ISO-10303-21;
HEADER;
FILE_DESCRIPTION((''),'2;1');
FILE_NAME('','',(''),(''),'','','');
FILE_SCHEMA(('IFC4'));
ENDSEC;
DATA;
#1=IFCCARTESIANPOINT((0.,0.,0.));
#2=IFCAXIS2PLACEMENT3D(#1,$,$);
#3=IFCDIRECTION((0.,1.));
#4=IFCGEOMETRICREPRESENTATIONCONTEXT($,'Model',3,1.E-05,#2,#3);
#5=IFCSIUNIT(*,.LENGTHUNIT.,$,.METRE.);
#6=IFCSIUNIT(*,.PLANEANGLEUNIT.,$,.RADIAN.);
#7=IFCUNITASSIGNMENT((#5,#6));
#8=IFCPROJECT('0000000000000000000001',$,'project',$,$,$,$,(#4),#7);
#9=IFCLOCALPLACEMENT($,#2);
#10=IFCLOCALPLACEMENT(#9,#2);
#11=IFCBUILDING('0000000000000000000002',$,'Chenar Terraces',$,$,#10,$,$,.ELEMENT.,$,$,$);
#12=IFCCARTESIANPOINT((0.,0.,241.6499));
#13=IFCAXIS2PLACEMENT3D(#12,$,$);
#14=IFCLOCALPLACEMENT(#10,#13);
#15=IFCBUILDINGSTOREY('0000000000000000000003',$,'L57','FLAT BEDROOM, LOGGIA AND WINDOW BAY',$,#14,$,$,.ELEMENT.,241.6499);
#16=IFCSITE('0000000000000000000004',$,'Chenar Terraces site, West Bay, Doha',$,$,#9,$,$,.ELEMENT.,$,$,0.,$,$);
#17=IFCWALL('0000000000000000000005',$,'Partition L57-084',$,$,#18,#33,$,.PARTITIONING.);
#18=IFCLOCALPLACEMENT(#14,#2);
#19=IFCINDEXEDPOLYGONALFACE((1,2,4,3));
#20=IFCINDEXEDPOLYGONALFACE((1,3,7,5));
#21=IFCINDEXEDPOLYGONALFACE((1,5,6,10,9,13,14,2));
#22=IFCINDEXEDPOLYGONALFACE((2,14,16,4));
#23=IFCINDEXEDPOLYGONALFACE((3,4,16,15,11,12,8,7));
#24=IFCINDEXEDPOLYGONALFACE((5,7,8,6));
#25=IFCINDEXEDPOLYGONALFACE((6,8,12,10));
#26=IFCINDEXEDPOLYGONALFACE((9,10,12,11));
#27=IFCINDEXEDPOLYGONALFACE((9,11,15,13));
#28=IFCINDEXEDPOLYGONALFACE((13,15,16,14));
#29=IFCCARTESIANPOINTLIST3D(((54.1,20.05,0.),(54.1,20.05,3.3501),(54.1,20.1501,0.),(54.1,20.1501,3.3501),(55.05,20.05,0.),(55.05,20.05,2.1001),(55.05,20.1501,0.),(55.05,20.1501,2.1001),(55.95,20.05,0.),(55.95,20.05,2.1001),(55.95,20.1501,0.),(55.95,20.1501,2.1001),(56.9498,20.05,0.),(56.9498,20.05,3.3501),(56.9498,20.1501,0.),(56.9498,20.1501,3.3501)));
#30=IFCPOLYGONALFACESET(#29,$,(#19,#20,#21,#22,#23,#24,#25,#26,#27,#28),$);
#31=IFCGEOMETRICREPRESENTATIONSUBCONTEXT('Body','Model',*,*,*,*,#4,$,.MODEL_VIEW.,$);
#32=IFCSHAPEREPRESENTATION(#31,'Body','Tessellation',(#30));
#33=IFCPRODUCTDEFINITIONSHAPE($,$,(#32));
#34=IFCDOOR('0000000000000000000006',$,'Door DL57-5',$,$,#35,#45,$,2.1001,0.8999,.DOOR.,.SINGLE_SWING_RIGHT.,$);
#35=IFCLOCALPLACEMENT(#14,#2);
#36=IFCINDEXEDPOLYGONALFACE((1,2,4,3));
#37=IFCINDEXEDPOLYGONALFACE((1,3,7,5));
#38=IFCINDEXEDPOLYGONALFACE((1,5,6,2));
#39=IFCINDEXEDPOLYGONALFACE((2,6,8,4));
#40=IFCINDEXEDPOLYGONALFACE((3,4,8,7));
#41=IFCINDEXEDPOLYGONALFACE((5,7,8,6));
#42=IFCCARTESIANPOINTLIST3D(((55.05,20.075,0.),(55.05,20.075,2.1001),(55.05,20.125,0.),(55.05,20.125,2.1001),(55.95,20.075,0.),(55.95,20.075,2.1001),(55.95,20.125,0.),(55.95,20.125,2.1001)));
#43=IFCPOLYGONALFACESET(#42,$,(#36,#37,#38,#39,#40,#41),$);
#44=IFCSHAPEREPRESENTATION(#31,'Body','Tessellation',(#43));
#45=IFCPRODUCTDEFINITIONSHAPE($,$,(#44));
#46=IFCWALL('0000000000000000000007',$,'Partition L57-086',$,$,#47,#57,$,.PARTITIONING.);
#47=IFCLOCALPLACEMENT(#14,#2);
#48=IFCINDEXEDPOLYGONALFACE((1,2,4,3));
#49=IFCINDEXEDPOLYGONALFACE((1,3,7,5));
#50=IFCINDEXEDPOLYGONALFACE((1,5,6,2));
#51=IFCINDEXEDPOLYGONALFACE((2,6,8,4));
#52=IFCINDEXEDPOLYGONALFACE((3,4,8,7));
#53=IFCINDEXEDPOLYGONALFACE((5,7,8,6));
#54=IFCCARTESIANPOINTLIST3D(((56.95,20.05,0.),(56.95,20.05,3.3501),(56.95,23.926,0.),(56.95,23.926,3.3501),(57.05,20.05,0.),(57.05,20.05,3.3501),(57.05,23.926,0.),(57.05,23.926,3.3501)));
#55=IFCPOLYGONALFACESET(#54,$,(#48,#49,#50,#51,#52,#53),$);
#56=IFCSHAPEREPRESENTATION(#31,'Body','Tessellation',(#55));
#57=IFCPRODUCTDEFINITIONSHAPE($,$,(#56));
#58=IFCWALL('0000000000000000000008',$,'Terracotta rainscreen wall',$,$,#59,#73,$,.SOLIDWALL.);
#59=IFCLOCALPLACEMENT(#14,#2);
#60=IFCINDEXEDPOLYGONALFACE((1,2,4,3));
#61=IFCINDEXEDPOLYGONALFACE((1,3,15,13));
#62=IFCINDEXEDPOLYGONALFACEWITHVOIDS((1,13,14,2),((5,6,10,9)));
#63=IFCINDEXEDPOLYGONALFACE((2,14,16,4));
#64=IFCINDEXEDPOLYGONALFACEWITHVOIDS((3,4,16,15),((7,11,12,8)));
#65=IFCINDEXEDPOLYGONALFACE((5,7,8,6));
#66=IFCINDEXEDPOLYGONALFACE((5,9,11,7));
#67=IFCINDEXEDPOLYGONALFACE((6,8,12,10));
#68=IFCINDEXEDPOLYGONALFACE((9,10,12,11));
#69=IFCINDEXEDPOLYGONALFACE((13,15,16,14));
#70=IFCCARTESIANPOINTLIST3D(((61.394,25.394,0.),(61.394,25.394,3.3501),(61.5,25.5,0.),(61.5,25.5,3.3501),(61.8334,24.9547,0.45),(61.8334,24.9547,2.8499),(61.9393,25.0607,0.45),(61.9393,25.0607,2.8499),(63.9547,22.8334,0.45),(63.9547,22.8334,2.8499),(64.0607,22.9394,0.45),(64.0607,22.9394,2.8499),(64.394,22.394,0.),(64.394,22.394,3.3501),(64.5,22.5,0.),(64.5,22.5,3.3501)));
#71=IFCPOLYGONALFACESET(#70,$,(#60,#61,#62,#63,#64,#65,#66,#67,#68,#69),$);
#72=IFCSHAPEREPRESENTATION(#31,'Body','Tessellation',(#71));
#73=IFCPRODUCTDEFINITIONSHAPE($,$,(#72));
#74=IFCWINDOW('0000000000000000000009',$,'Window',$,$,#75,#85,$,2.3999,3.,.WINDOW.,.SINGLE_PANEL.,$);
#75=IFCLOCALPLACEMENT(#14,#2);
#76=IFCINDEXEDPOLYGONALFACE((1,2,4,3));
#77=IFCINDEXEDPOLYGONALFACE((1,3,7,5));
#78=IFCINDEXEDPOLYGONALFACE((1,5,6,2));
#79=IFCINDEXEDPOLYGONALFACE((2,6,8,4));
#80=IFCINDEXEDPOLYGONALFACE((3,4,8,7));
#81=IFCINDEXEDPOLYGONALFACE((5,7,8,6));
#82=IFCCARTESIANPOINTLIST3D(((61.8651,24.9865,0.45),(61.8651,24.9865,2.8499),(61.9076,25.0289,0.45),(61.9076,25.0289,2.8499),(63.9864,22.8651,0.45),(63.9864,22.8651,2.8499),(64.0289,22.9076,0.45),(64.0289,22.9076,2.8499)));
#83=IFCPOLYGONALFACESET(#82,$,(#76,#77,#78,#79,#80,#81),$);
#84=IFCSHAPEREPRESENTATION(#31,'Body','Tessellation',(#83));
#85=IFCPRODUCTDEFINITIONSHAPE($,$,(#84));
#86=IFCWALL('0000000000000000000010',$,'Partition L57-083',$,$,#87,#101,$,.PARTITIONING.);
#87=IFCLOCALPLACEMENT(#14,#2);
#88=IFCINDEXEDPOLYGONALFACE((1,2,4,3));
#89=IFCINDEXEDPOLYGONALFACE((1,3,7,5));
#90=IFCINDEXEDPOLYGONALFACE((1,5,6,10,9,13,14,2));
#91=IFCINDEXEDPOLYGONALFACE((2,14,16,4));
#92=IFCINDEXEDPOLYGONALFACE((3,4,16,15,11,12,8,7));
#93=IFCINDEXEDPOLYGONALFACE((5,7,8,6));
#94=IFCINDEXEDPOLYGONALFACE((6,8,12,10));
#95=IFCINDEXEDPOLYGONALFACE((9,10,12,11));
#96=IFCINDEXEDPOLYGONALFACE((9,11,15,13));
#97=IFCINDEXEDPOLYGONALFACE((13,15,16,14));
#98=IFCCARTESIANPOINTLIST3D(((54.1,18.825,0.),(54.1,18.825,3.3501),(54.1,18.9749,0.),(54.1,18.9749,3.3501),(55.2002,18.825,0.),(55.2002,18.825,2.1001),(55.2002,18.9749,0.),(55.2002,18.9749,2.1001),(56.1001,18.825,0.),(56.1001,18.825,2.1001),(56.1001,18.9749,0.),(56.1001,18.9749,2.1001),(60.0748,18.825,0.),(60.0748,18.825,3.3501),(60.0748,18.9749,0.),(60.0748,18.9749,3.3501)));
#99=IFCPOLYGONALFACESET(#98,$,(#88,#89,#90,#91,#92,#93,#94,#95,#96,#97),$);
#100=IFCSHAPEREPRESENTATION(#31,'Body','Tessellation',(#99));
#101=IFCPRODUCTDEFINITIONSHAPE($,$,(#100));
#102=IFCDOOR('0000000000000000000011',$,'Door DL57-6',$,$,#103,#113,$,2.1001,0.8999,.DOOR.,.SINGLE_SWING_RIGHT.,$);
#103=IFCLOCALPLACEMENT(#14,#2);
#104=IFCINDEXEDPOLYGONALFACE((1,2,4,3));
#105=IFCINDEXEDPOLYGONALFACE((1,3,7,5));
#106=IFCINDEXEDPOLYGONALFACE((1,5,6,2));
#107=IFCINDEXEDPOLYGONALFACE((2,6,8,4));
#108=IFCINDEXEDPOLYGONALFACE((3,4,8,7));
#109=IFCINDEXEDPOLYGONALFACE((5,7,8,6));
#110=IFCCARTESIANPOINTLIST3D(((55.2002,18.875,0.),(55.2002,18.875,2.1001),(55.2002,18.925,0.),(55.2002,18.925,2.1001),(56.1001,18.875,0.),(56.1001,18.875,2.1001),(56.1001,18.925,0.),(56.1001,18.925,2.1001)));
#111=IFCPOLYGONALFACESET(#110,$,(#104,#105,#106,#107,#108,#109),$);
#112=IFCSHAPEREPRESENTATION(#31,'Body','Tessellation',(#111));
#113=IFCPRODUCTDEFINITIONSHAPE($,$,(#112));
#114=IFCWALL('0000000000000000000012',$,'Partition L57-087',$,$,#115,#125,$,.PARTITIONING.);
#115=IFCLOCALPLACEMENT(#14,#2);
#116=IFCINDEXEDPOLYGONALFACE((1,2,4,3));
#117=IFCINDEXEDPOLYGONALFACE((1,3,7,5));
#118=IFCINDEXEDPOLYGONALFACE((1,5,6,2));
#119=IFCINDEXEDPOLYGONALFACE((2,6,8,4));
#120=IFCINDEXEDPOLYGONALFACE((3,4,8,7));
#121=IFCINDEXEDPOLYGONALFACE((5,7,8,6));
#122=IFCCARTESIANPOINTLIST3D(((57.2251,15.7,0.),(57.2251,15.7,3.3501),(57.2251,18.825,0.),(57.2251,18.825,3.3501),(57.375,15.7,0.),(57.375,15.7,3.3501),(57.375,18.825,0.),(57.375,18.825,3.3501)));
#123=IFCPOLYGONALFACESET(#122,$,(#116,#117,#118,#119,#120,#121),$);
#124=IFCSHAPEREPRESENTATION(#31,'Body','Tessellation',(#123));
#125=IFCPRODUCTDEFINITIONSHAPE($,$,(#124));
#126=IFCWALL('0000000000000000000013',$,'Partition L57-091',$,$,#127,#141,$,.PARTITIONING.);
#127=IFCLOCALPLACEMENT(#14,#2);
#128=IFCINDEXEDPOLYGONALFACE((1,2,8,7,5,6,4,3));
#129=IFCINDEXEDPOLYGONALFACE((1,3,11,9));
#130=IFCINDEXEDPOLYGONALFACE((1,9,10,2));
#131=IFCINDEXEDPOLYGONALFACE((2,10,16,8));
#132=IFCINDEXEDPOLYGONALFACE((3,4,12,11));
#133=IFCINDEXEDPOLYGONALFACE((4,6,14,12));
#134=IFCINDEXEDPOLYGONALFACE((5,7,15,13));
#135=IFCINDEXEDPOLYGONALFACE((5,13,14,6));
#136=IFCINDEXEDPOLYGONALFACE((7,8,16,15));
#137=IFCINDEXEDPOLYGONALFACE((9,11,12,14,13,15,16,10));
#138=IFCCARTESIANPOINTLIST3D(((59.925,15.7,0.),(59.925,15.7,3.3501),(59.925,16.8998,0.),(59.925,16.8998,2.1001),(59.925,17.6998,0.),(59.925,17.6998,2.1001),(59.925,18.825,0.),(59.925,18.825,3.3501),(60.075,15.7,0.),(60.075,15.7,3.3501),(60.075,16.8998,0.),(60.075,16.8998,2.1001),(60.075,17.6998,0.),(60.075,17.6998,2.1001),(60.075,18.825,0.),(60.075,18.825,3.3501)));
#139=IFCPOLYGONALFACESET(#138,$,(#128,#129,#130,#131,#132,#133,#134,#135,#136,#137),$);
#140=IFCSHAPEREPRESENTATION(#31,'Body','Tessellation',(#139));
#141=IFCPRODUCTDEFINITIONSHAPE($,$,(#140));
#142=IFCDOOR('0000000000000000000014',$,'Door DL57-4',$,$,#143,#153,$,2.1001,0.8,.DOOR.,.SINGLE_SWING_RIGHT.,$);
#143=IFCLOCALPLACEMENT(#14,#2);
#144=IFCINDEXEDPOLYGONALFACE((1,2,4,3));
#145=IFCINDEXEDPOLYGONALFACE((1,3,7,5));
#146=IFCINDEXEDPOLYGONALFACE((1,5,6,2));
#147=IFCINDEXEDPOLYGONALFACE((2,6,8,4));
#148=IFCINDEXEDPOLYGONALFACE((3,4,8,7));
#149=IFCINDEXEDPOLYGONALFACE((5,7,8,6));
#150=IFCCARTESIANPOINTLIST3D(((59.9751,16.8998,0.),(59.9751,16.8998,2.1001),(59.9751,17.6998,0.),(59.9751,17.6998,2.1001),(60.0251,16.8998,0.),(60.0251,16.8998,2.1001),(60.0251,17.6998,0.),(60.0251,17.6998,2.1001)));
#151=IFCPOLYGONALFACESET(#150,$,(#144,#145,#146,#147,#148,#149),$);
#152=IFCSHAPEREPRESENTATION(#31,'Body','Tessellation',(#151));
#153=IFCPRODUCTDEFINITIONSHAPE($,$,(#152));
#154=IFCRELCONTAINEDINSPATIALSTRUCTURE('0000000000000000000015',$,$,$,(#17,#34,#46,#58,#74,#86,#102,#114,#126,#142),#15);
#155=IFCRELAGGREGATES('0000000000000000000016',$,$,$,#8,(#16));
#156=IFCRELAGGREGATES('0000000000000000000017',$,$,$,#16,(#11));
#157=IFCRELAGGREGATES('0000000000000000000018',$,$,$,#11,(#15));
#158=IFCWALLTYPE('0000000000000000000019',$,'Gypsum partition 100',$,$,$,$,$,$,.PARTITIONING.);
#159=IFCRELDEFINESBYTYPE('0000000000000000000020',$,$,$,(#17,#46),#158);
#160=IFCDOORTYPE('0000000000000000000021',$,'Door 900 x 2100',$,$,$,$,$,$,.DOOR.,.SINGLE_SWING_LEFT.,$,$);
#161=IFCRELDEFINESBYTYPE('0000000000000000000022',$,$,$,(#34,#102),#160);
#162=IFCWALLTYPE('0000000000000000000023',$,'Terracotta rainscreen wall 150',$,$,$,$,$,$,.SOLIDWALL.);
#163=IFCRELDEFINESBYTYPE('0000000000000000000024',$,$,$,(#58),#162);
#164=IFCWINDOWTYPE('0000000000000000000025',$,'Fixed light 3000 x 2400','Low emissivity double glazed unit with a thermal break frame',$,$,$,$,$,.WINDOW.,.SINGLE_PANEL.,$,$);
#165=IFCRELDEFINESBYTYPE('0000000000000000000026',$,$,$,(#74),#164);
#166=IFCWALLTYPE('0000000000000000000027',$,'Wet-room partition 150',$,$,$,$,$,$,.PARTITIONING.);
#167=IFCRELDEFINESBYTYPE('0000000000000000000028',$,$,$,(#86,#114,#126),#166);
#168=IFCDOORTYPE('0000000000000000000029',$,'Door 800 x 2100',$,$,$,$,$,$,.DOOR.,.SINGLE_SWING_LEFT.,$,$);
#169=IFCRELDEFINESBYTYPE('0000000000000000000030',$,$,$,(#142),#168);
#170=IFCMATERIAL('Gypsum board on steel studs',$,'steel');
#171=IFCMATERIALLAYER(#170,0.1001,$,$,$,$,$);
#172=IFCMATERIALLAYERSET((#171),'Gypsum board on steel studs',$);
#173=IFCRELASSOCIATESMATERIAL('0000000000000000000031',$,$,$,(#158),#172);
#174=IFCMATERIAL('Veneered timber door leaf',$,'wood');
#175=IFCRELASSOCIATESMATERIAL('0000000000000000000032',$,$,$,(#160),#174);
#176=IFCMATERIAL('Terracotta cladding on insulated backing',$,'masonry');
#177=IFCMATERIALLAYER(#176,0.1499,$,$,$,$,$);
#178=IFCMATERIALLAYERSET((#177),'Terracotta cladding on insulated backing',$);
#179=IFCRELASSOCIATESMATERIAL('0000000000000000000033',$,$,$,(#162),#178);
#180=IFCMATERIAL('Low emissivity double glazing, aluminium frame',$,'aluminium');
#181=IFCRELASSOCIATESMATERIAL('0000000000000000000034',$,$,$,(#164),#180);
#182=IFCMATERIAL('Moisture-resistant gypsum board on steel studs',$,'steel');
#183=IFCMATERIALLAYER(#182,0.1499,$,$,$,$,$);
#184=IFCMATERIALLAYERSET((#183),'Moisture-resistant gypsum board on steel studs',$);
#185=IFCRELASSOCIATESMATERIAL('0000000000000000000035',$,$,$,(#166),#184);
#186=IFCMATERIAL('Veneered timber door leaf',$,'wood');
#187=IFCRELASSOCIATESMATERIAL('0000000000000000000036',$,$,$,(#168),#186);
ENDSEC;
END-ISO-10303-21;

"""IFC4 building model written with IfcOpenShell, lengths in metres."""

from ifc_helpers import new_model, si_unit, direction, frame, frame_2d, origin, place, context, subcontext, project, spatial, rectangle, extrude, material, layer, layer_set, type_object, element, fill, save


model = new_model("IFC4")

# Units and contexts
model_context = context("Model", 3, precision=1e-05, world=origin(), true_north=direction((0.0, 1.0)))
body_context = subcontext(model_context, "Body", "Model", "MODEL_VIEW")
ifc_project = project(units=[si_unit("LENGTHUNIT", "METRE"), si_unit("PLANEANGLEUNIT", "RADIAN")], contexts=[model_context])

# Site, building, storey
site_placement = place(None, origin())
site = spatial("IfcSite", under=ifc_project, at=site_placement, Name="Chenar Terraces site, West Bay, Doha", CompositionType="ELEMENT", RefElevation=0.0)
building_placement = place(site_placement, origin())
building = spatial("IfcBuilding", under=site, at=building_placement, Name="Chenar Terraces", CompositionType="ELEMENT")
storey_placement = place(building_placement, frame((0.0, 0.0, 241.6499)))
storey = spatial("IfcBuildingStorey", under=building, at=storey_placement, Name="L57", Description="FLAT BEDROOM, LOGGIA AND WINDOW BAY", CompositionType="ELEMENT", Elevation=241.6499)

# Wall, opening, door
ifc_material_1 = material(Name="Gypsum board on steel studs", Category="steel")
ifc_layer_1 = layer(ifc_material_1, 0.1001)
ifc_layer_set_1 = layer_set([ifc_layer_1], Name="Gypsum board on steel studs")
wall_type_1 = type_object("IfcWallType", Name="Gypsum partition 100", PredefinedType="PARTITIONING", material=ifc_layer_set_1)
wall_1_placement = place(storey_placement, frame((54.1001, 20.1001, 0.0), z_axis=(0.0, 0.0, 1.0), x_axis=(1.0, 0.0, 0.0)))
wall_1 = element("IfcWall", 1, at=wall_1_placement, inside=storey, type_object=wall_type_1, Name="Partition L57-084", PredefinedType="PARTITIONING", context=body_context, shape_type="SweptSolid", body=[
    extrude(rectangle(XDim=2.8499, YDim=0.1001, at=frame_2d((1.4248, 0.0))), origin(), (0.0, 0.0, 1.0), 3.3501),
])
opening_1_placement = place(wall_1_placement, frame((0.95, 0.0, 0.0)))
opening_1 = element("IfcOpeningElement", 2, at=opening_1_placement, cuts=wall_1, PredefinedType="OPENING", context=body_context, shape_type="SweptSolid", body=[
    extrude(rectangle(XDim=0.8999, YDim=2.1001, at=frame_2d((0.45, 1.05))), frame((0.0, 0.0601, 0.0), z_axis=(0.0, -1.0, 0.0), x_axis=(1.0, 0.0, 0.0)), (0.0, 0.0, 1.0), 0.1201),
])
ifc_material_2 = material(Name="Veneered timber door leaf", Category="wood")
door_type_1 = type_object("IfcDoorType", Name="Door 900 x 2100", OperationType="SINGLE_SWING_LEFT", PredefinedType="DOOR", material=ifc_material_2)
door_1_placement = place(opening_1_placement, origin())
door_1 = element("IfcDoor", 3, at=door_1_placement, inside=storey, type_object=door_type_1, Name="Door DL57-5", OperationType="SINGLE_SWING_RIGHT", OverallHeight=2.1001, OverallWidth=0.8999, PredefinedType="DOOR", context=body_context, shape_type="SweptSolid", body=[
    extrude(rectangle(XDim=0.8999, YDim=2.1001, at=frame_2d((0.45, 1.05))), frame((0.0, 0.0249, 0.0), z_axis=(0.0, -1.0, 0.0), x_axis=(1.0, 0.0, 0.0)), (0.0, 0.0, 1.0), 0.05),
])
fill(opening_1, door_1)

# Wall
wall_2_placement = place(storey_placement, frame((57.0, 20.05, 0.0), z_axis=(0.0, 0.0, 1.0), x_axis=(0.0, 1.0, 0.0)))
element("IfcWall", 4, at=wall_2_placement, inside=storey, type_object=wall_type_1, Name="Partition L57-086", PredefinedType="PARTITIONING", context=body_context, shape_type="SweptSolid", body=[
    extrude(rectangle(XDim=3.876, YDim=0.1001, at=frame_2d((1.938, 0.0))), origin(), (0.0, 0.0, 1.0), 3.3501),
])

# Wall, opening, window
ifc_material_3 = material(Name="Terracotta cladding on insulated backing", Category="masonry")
ifc_layer_2 = layer(ifc_material_3, 0.1499)
ifc_layer_set_2 = layer_set([ifc_layer_2], Name="Terracotta cladding on insulated backing")
wall_type_2 = type_object("IfcWallType", Name="Terracotta rainscreen wall 150", PredefinedType="SOLIDWALL", material=ifc_layer_set_2)
wall_3_placement = place(storey_placement, frame((64.447, 22.447, 0.0), z_axis=(0.0, 0.0, 1.0), x_axis=(-0.707107, 0.707107, 0.0)))
wall_3 = element("IfcWall", 5, at=wall_3_placement, inside=storey, type_object=wall_type_2, Name="Terracotta rainscreen wall", PredefinedType="SOLIDWALL", context=body_context, shape_type="SweptSolid", body=[
    extrude(rectangle(XDim=4.2427, YDim=0.1499, at=frame_2d((2.1213, 0.0))), origin(), (0.0, 0.0, 1.0), 3.3501),
])
opening_2_placement = place(wall_3_placement, frame((0.6213, 0.0, 0.45)))
opening_2 = element("IfcOpeningElement", 6, at=opening_2_placement, cuts=wall_3, PredefinedType="OPENING", context=body_context, shape_type="SweptSolid", body=[
    extrude(rectangle(XDim=3.0, YDim=2.3999, at=frame_2d((1.5, 1.2))), frame((0.0, 0.085, 0.0), z_axis=(0.0, -1.0, 0.0), x_axis=(1.0, 0.0, 0.0)), (0.0, 0.0, 1.0), 0.1699),
])
ifc_material_4 = material(Name="Low emissivity double glazing, aluminium frame", Category="aluminium")
window_type_1 = type_object("IfcWindowType", Name="Fixed light 3000 x 2400", Description="Low emissivity double glazed unit with a thermal break frame", PartitioningType="SINGLE_PANEL", PredefinedType="WINDOW", material=ifc_material_4)
window_1_placement = place(opening_2_placement, origin())
window_1 = element("IfcWindow", 7, at=window_1_placement, inside=storey, type_object=window_type_1, Name="Window", OverallHeight=2.3999, OverallWidth=3.0, PartitioningType="SINGLE_PANEL", PredefinedType="WINDOW", context=body_context, shape_type="SweptSolid", body=[
    extrude(rectangle(XDim=3.0, YDim=2.3999, at=frame_2d((1.5, 1.2))), frame((0.0, 0.03, 0.0), z_axis=(0.0, -1.0, 0.0), x_axis=(1.0, 0.0, 0.0)), (0.0, 0.0, 1.0), 0.0601),
])
fill(opening_2, window_1)

# Wall, opening, door
ifc_material_5 = material(Name="Moisture-resistant gypsum board on steel studs", Category="steel")
ifc_layer_3 = layer(ifc_material_5, 0.1499)
ifc_layer_set_3 = layer_set([ifc_layer_3], Name="Moisture-resistant gypsum board on steel studs")
wall_type_3 = type_object("IfcWallType", Name="Wet-room partition 150", PredefinedType="PARTITIONING", material=ifc_layer_set_3)
wall_4_placement = place(storey_placement, frame((54.1001, 18.8999, 0.0), z_axis=(0.0, 0.0, 1.0), x_axis=(1.0, 0.0, 0.0)))
wall_4 = element("IfcWall", 8, at=wall_4_placement, inside=storey, type_object=wall_type_3, Name="Partition L57-083", PredefinedType="PARTITIONING", context=body_context, shape_type="SweptSolid", body=[
    extrude(rectangle(XDim=5.9749, YDim=0.1499, at=frame_2d((2.9873, 0.0))), origin(), (0.0, 0.0, 1.0), 3.3501),
])
opening_3_placement = place(wall_4_placement, frame((1.1001, 0.0, 0.0)))
opening_3 = element("IfcOpeningElement", 9, at=opening_3_placement, cuts=wall_4, PredefinedType="OPENING", context=body_context, shape_type="SweptSolid", body=[
    extrude(rectangle(XDim=0.8999, YDim=2.1001, at=frame_2d((0.45, 1.05))), frame((0.0, 0.085, 0.0), z_axis=(0.0, -1.0, 0.0), x_axis=(1.0, 0.0, 0.0)), (0.0, 0.0, 1.0), 0.1699),
])
door_2_placement = place(opening_3_placement, frame((0.8999, 0.0, 0.0), z_axis=(0.0, 0.0, 1.0), x_axis=(-1.0, 0.0, 0.0)))
door_2 = element("IfcDoor", 10, at=door_2_placement, inside=storey, type_object=door_type_1, Name="Door DL57-6", OperationType="SINGLE_SWING_RIGHT", OverallHeight=2.1001, OverallWidth=0.8999, PredefinedType="DOOR", context=body_context, shape_type="SweptSolid", body=[
    extrude(rectangle(XDim=0.8999, YDim=2.1001, at=frame_2d((0.45, 1.05))), frame((0.0, 0.0249, 0.0), z_axis=(0.0, -1.0, 0.0), x_axis=(1.0, 0.0, 0.0)), (0.0, 0.0, 1.0), 0.05),
])
fill(opening_3, door_2)

# Wall
wall_5_placement = place(storey_placement, frame((57.3, 15.7, 0.0), z_axis=(0.0, 0.0, 1.0), x_axis=(0.0, 1.0, 0.0)))
element("IfcWall", 11, at=wall_5_placement, inside=storey, type_object=wall_type_3, Name="Partition L57-087", PredefinedType="PARTITIONING", context=body_context, shape_type="SweptSolid", body=[
    extrude(rectangle(XDim=3.125, YDim=0.1499, at=frame_2d((1.5625, 0.0))), origin(), (0.0, 0.0, 1.0), 3.3501),
])

# Wall, opening, door
wall_6_placement = place(storey_placement, frame((60.0, 15.7, 0.0), z_axis=(0.0, 0.0, 1.0), x_axis=(0.0, 1.0, 0.0)))
wall_6 = element("IfcWall", 12, at=wall_6_placement, inside=storey, type_object=wall_type_3, Name="Partition L57-091", PredefinedType="PARTITIONING", context=body_context, shape_type="SweptSolid", body=[
    extrude(rectangle(XDim=3.125, YDim=0.1499, at=frame_2d((1.5625, 0.0))), origin(), (0.0, 0.0, 1.0), 3.3501),
])
opening_4_placement = place(wall_6_placement, frame((1.2, 0.0, 0.0)))
opening_4 = element("IfcOpeningElement", 13, at=opening_4_placement, cuts=wall_6, PredefinedType="OPENING", context=body_context, shape_type="SweptSolid", body=[
    extrude(rectangle(XDim=0.8, YDim=2.1001, at=frame_2d((0.3999, 1.05))), frame((0.0, 0.085, 0.0), z_axis=(0.0, -1.0, 0.0), x_axis=(1.0, 0.0, 0.0)), (0.0, 0.0, 1.0), 0.1699),
])
ifc_material_6 = material(Name="Veneered timber door leaf", Category="wood")
door_type_2 = type_object("IfcDoorType", Name="Door 800 x 2100", OperationType="SINGLE_SWING_LEFT", PredefinedType="DOOR", material=ifc_material_6)
door_3_placement = place(opening_4_placement, origin())
door_3 = element("IfcDoor", 14, at=door_3_placement, inside=storey, type_object=door_type_2, Name="Door DL57-4", OperationType="SINGLE_SWING_RIGHT", OverallHeight=2.1001, OverallWidth=0.8, PredefinedType="DOOR", context=body_context, shape_type="SweptSolid", body=[
    extrude(rectangle(XDim=0.8, YDim=2.1001, at=frame_2d((0.3999, 1.05))), frame((0.0, 0.0249, 0.0), z_axis=(0.0, -1.0, 0.0), x_axis=(1.0, 0.0, 0.0)), (0.0, 0.0, 1.0), 0.05),
])
fill(opening_4, door_3)

save(model, "model.ifc")
